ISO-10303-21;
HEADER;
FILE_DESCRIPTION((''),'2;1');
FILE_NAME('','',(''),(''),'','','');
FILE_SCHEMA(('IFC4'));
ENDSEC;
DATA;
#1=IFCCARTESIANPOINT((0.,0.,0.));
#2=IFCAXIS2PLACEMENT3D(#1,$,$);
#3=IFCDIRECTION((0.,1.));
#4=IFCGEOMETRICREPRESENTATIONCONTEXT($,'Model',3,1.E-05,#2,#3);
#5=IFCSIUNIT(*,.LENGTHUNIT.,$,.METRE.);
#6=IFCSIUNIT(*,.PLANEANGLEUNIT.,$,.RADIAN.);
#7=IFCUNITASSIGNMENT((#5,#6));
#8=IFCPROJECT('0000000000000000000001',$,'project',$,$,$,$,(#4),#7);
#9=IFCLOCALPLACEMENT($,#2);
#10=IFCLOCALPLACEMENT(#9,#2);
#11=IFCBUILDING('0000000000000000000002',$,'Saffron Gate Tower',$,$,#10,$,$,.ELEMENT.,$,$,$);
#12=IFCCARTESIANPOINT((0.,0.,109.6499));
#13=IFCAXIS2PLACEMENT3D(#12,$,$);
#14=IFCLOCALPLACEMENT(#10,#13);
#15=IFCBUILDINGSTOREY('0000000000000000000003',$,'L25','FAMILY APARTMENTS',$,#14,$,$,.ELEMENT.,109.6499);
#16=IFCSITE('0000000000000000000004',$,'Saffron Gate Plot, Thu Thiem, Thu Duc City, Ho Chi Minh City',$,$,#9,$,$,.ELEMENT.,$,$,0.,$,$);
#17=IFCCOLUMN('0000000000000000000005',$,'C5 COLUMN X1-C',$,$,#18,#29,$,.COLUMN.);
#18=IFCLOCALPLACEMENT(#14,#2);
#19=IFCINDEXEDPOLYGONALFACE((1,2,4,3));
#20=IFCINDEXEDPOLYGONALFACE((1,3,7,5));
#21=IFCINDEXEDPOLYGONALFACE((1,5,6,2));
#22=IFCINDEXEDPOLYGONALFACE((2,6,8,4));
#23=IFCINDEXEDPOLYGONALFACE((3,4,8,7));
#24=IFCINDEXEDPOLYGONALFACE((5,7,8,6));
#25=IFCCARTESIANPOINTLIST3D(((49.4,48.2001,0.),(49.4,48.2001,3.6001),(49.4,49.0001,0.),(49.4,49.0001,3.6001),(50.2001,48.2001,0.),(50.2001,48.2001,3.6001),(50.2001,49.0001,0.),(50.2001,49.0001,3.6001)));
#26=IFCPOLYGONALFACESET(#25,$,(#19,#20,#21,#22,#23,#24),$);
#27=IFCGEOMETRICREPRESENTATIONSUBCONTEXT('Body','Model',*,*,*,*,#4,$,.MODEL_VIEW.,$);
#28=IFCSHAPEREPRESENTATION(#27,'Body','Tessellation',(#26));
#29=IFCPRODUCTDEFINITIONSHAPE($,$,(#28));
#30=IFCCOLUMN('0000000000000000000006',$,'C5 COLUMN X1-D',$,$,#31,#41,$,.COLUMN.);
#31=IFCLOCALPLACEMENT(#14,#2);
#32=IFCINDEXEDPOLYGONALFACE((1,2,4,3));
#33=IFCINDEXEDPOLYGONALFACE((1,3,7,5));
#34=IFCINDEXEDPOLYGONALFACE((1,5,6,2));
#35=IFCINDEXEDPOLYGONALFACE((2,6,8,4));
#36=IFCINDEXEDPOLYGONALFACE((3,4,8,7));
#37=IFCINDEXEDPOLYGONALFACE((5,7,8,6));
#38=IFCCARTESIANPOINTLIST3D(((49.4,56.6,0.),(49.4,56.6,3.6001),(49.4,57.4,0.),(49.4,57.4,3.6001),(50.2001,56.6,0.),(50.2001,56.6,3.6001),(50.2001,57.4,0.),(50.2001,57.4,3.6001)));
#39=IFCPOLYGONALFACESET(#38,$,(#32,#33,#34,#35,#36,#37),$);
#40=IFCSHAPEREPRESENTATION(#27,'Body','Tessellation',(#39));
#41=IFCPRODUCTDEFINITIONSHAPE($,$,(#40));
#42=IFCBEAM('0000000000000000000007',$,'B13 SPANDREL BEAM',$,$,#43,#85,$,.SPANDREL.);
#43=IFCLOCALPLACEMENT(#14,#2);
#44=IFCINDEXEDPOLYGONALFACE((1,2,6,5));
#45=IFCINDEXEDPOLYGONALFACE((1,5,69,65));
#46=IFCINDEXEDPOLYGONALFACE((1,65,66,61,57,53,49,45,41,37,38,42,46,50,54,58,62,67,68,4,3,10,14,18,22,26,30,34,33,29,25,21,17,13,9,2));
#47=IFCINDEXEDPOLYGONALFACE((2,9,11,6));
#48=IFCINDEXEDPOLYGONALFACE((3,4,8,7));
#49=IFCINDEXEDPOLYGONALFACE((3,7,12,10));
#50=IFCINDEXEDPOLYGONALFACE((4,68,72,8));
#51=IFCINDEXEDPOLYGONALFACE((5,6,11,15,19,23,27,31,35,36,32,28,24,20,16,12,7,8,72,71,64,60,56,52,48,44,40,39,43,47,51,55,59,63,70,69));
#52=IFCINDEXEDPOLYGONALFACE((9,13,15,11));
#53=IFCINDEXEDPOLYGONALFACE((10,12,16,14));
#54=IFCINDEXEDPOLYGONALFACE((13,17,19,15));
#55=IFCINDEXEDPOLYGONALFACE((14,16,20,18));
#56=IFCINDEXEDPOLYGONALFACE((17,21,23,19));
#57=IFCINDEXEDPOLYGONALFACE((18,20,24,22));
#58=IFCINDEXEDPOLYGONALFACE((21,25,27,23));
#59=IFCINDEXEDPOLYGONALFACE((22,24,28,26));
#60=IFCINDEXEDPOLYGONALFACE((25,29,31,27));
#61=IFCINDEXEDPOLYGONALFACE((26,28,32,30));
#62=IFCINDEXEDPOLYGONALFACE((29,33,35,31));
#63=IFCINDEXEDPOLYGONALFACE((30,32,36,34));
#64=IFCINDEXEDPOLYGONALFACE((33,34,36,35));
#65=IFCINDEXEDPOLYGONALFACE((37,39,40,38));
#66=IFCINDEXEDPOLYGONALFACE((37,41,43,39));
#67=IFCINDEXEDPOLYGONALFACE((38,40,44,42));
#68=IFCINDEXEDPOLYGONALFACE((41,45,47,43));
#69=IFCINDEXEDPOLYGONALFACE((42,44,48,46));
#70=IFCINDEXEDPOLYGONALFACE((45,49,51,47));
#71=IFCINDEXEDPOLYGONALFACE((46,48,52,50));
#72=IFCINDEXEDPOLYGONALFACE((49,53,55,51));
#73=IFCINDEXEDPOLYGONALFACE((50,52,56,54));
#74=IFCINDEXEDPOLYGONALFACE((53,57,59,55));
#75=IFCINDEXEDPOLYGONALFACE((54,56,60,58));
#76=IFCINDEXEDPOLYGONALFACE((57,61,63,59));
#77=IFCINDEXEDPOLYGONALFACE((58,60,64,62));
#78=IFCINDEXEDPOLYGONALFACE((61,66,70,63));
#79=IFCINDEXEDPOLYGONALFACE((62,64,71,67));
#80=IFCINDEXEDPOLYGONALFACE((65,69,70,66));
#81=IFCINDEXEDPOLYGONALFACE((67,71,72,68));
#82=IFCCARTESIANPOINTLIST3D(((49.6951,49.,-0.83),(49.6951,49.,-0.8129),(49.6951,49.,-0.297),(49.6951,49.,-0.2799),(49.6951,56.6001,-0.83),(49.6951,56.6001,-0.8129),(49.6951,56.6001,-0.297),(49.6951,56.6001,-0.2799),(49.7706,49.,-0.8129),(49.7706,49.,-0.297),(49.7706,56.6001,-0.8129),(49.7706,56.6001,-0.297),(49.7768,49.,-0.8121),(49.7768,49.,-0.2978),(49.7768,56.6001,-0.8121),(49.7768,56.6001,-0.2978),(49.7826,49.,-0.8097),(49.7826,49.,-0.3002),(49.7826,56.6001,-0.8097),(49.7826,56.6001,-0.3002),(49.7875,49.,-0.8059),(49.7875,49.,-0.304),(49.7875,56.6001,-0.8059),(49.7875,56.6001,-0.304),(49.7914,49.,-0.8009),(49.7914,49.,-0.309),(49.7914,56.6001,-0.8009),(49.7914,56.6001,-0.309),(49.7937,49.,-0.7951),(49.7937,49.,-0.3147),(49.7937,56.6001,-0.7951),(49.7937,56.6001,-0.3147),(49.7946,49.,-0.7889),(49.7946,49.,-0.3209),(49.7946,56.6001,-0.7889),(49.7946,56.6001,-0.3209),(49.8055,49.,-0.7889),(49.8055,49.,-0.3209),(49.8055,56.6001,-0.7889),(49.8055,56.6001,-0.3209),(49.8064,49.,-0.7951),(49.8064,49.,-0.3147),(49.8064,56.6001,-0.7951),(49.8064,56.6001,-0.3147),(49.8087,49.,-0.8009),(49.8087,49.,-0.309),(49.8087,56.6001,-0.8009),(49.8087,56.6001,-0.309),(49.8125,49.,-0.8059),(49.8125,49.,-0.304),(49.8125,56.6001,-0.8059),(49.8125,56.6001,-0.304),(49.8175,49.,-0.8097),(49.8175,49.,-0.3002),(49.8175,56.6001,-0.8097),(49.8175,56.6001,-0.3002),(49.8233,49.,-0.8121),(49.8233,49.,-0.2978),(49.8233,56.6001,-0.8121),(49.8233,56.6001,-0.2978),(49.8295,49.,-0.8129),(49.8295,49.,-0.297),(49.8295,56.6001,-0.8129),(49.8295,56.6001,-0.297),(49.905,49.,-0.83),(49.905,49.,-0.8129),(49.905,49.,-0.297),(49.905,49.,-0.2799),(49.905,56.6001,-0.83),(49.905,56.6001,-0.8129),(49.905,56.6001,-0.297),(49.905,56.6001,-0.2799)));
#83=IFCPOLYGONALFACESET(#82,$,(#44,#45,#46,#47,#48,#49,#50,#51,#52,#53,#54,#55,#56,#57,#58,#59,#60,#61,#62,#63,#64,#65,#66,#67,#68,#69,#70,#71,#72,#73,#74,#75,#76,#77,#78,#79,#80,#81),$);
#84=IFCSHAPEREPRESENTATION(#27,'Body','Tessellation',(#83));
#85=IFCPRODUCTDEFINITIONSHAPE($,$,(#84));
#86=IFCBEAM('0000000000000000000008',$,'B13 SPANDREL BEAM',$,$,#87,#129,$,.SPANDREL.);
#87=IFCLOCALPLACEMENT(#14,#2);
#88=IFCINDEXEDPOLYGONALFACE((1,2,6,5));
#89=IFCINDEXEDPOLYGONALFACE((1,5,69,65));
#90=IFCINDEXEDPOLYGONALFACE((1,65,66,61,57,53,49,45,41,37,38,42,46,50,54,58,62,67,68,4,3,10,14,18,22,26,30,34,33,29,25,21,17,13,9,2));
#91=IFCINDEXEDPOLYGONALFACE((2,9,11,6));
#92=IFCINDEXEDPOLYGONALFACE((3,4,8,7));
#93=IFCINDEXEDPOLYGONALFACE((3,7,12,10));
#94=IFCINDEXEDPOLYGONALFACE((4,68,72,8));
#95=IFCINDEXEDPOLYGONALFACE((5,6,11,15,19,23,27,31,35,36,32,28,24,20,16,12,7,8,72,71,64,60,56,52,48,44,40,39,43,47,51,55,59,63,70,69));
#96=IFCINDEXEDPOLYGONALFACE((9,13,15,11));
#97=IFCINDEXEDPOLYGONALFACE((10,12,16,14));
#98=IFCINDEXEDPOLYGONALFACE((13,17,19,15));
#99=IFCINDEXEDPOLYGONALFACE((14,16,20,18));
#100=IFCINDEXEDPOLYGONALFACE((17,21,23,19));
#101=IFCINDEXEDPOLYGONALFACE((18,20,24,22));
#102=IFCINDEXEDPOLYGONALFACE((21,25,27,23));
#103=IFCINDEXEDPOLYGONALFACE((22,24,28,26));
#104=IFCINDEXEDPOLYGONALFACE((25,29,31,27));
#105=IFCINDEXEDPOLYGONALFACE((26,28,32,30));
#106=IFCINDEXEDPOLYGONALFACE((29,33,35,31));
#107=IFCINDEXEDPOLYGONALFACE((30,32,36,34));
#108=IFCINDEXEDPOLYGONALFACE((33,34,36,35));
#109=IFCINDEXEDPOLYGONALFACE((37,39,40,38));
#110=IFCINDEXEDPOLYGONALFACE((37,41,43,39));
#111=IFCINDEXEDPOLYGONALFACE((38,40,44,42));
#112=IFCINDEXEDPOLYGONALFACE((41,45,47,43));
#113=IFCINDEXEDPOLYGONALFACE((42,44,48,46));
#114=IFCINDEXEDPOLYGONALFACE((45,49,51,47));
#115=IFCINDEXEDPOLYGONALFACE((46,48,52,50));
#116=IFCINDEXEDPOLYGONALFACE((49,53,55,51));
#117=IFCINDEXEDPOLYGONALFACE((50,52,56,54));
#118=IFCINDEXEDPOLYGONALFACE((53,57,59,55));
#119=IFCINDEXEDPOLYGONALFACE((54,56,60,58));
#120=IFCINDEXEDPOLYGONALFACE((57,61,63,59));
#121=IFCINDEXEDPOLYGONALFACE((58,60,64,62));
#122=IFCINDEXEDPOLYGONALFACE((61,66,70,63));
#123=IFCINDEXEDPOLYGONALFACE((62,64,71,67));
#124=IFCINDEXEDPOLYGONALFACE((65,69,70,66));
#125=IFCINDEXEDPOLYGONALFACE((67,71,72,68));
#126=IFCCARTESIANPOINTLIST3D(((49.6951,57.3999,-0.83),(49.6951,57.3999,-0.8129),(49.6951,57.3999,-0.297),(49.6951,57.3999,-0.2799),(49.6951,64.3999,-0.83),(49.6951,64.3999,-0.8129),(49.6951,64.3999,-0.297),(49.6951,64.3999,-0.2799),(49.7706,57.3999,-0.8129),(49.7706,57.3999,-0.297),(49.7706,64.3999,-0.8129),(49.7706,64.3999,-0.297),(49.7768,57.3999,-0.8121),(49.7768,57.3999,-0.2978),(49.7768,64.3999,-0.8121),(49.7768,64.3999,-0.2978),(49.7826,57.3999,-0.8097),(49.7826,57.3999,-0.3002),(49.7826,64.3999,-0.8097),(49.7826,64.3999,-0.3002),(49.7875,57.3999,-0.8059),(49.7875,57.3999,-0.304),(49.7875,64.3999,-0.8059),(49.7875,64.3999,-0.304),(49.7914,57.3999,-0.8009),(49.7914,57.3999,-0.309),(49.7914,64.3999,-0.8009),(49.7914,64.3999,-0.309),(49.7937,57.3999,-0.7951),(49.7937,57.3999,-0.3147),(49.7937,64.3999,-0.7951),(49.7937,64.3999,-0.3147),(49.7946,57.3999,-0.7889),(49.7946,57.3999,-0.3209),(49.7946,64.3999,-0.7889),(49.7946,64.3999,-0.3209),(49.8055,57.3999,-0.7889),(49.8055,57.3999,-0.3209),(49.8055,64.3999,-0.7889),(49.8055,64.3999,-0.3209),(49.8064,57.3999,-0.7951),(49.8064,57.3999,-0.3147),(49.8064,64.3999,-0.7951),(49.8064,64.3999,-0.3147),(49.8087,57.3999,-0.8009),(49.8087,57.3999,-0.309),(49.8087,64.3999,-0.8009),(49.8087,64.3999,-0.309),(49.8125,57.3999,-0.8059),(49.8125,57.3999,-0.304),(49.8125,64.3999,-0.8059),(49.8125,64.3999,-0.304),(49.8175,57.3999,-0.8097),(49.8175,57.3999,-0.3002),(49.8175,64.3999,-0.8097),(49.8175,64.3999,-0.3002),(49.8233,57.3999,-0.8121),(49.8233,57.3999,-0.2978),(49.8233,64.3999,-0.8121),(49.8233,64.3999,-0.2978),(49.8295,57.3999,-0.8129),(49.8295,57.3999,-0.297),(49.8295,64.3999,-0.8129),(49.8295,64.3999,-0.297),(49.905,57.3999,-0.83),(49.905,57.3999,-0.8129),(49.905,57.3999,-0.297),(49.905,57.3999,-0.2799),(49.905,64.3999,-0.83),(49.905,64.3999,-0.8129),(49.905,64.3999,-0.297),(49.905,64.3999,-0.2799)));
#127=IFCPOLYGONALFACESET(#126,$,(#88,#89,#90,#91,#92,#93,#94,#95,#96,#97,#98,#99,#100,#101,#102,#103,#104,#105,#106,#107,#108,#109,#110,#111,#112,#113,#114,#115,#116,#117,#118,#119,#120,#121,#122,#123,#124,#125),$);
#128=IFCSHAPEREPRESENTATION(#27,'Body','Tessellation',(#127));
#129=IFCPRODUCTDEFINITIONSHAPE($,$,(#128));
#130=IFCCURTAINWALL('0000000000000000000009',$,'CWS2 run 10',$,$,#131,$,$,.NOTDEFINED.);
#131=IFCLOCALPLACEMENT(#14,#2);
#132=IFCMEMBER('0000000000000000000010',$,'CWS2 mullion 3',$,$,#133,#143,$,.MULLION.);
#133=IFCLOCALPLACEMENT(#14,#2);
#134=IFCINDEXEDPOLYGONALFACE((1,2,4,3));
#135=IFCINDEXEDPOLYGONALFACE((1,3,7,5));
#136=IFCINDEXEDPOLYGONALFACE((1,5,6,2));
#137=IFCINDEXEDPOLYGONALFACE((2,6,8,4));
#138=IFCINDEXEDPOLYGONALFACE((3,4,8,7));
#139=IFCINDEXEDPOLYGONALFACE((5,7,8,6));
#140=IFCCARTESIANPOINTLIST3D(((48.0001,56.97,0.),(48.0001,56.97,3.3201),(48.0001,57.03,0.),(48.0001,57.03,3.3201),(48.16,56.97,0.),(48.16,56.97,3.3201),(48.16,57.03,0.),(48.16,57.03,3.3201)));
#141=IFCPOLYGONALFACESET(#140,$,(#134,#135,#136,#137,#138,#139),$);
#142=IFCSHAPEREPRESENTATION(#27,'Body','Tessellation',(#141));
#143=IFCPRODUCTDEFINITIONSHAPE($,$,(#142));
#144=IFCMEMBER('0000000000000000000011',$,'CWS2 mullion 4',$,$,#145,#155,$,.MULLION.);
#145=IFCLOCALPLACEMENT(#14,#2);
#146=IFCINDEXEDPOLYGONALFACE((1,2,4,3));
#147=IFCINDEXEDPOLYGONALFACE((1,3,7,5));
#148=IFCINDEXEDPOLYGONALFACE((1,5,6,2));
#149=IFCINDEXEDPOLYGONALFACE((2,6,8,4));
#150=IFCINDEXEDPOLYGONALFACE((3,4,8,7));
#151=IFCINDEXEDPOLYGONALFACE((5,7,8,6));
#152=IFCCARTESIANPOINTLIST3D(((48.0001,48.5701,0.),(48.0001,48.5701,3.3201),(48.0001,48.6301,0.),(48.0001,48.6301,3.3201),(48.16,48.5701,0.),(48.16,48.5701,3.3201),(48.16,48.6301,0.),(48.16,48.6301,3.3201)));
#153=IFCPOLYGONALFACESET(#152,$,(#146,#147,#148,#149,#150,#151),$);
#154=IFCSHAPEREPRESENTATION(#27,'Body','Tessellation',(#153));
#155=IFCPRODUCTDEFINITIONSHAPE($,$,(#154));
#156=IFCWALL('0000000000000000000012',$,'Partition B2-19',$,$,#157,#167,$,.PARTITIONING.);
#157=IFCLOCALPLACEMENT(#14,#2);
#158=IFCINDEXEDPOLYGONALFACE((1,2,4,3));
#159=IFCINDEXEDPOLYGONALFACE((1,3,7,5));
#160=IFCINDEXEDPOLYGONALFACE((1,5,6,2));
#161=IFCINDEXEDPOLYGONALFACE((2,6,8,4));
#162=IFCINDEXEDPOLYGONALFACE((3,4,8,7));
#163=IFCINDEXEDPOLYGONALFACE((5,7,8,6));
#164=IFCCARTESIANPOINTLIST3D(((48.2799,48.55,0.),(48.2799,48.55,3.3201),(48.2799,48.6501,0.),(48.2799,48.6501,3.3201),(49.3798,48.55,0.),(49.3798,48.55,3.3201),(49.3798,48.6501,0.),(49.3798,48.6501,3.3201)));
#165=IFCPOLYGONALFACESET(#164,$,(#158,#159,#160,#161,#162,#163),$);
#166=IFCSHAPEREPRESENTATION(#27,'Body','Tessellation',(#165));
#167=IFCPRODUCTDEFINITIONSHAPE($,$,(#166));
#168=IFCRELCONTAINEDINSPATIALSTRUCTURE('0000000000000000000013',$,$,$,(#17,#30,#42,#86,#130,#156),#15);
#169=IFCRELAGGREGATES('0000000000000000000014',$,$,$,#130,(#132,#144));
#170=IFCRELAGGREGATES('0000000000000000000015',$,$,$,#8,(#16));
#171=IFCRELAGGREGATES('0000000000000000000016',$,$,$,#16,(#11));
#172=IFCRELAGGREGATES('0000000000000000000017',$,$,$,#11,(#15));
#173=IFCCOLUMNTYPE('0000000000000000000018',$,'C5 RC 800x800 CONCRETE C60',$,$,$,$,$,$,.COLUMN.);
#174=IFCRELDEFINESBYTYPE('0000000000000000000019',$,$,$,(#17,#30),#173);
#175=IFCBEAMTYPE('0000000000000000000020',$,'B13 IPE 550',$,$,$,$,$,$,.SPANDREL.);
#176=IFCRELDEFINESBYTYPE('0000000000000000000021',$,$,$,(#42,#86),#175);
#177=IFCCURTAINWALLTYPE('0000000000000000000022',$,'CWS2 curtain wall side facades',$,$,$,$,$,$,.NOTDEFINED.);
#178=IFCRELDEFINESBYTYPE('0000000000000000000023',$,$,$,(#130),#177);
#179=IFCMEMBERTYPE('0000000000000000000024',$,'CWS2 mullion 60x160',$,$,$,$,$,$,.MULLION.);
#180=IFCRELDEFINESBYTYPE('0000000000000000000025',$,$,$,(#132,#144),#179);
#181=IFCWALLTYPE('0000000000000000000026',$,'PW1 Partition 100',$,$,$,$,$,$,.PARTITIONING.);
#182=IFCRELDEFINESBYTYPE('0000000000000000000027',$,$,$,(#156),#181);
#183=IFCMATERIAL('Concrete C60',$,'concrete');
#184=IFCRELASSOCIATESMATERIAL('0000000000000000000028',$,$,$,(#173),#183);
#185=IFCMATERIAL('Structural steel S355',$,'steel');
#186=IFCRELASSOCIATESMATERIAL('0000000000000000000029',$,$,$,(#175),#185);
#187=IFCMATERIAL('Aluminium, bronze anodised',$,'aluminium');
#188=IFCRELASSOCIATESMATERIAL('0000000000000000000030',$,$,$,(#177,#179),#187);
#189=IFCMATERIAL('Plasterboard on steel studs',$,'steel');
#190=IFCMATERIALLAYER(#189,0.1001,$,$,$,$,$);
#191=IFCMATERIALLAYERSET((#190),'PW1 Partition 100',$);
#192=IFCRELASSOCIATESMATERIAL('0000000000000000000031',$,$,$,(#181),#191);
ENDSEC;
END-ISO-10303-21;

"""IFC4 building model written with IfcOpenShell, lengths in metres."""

from ifc_helpers import new_model, si_unit, direction, frame, frame_2d, origin, origin_2d, place, context, subcontext, project, spatial, rectangle, i_section, extrude, material, layer, layer_set, material_profile, profile_set, type_object, element, aggregate, save


model = new_model("IFC4")

# Units and contexts
model_context = context("Model", 3, precision=1e-05, world=origin(), true_north=direction((0.0, 1.0)))
body_context = subcontext(model_context, "Body", "Model", "MODEL_VIEW")
ifc_project = project(units=[si_unit("LENGTHUNIT", "METRE"), si_unit("PLANEANGLEUNIT", "RADIAN")], contexts=[model_context])

# Site, building, storey
site_placement = place(None, origin())
site = spatial("IfcSite", under=ifc_project, at=site_placement, Name="Saffron Gate Plot, Thu Thiem, Thu Duc City, Ho Chi Minh City", CompositionType="ELEMENT", RefElevation=0.0)
building_placement = place(site_placement, origin())
building = spatial("IfcBuilding", under=site, at=building_placement, Name="Saffron Gate Tower", CompositionType="ELEMENT")
storey_placement = place(building_placement, frame((0.0, 0.0, 109.6499)))
storey = spatial("IfcBuildingStorey", under=building, at=storey_placement, Name="L25", Description="FAMILY APARTMENTS", CompositionType="ELEMENT", Elevation=109.6499)

# Columns
ifc_material_1 = material(Name="Concrete C60", Category="concrete")
ifc_material_profile_1 = material_profile(ifc_material_1, rectangle(XDim=0.8, YDim=0.8, at=origin_2d()))
ifc_profile_set_1 = profile_set([ifc_material_profile_1], Name="Concrete C60")
column_type = type_object("IfcColumnType", Name="C5 RC 800x800 CONCRETE C60", PredefinedType="COLUMN", material=ifc_profile_set_1)
for number, where, z_axis, x_axis, name in (
    (1, (49.8, 48.6001, 0.0), (0.0, 0.0, 1.0), (1.0, 0.0, 0.0), "C5 COLUMN X1-C"),
    (2, (49.8, 57.0, 0.0), (0.0, 0.0, 1.0), (1.0, 0.0, 0.0), "C5 COLUMN X1-D"),
):
    element("IfcColumn", number, at=place(storey_placement, frame(where, z_axis=z_axis, x_axis=x_axis)), inside=storey, type_object=column_type, Name=name, PredefinedType="COLUMN", context=body_context, shape_type="SweptSolid", body=[
        extrude(rectangle(XDim=0.8, YDim=0.8, at=origin_2d()), origin(), (0.0, 0.0, 1.0), 3.6001),
    ])

# Beams
ifc_material_2 = material(Name="Structural steel S355", Category="steel")
ifc_material_profile_2 = material_profile(ifc_material_2, i_section(OverallWidth=0.21, OverallDepth=0.55, WebThickness=0.011, FlangeThickness=0.0171, FilletRadius=0.0239, at=origin_2d()))
ifc_profile_set_2 = profile_set([ifc_material_profile_2], Name="Structural steel S355")
beam_type = type_object("IfcBeamType", Name="B13 IPE 550", PredefinedType="SPANDREL", material=ifc_profile_set_2)
beam_1_placement = place(storey_placement, frame((49.8, 49.0, -0.5549), z_axis=(0.0, 1.0, 0.0), x_axis=(-1.0, 0.0, 0.0)))
element("IfcBeam", 3, at=beam_1_placement, inside=storey, type_object=beam_type, Name="B13 SPANDREL BEAM", PredefinedType="SPANDREL", context=body_context, shape_type="SweptSolid", body=[
    extrude(i_section(OverallWidth=0.21, OverallDepth=0.55, WebThickness=0.011, FlangeThickness=0.0171, FilletRadius=0.0239, at=origin_2d()), origin(), (0.0, 0.0, 1.0), 7.6001),
])
beam_2_placement = place(storey_placement, frame((49.8, 57.3999, -0.5549), z_axis=(0.0, 1.0, 0.0), x_axis=(-1.0, 0.0, 0.0)))
element("IfcBeam", 4, at=beam_2_placement, inside=storey, type_object=beam_type, Name="B13 SPANDREL BEAM", PredefinedType="SPANDREL", context=body_context, shape_type="SweptSolid", body=[
    extrude(i_section(OverallWidth=0.21, OverallDepth=0.55, WebThickness=0.011, FlangeThickness=0.0171, FilletRadius=0.0239, at=origin_2d()), origin(), (0.0, 0.0, 1.0), 7.0),
])

# Curtain wall, members
ifc_material_3 = material(Name="Aluminium, bronze anodised", Category="aluminium")
curtain_wall_type = type_object("IfcCurtainWallType", Name="CWS2 curtain wall side facades", PredefinedType="NOTDEFINED", material=ifc_material_3)
curtain_wall_placement = place(storey_placement, origin())
curtain_wall = element("IfcCurtainWall", 5, at=curtain_wall_placement, inside=storey, type_object=curtain_wall_type, Name="CWS2 run 10", PredefinedType="NOTDEFINED")
ifc_material_profile_3 = material_profile(ifc_material_3, rectangle(XDim=0.1599, YDim=0.0601, at=origin_2d()))
ifc_profile_set_3 = profile_set([ifc_material_profile_3], Name="Aluminium, bronze anodised")
member_type = type_object("IfcMemberType", Name="CWS2 mullion 60x160", PredefinedType="MULLION", material=ifc_profile_set_3)
member_1_placement = place(storey_placement, frame((48.0801, 57.0, 0.0), z_axis=(0.0, 0.0, 1.0), x_axis=(1.0, 0.0, 0.0)))
member_1 = element("IfcMember", 6, at=member_1_placement, type_object=member_type, Name="CWS2 mullion 3", PredefinedType="MULLION", context=body_context, shape_type="SweptSolid", body=[
    extrude(rectangle(XDim=0.1599, YDim=0.0601, at=origin_2d()), origin(), (0.0, 0.0, 1.0), 3.3201),
])
member_2_placement = place(storey_placement, frame((48.0801, 48.6001, 0.0), z_axis=(0.0, 0.0, 1.0), x_axis=(1.0, 0.0, 0.0)))
member_2 = element("IfcMember", 7, at=member_2_placement, type_object=member_type, Name="CWS2 mullion 4", PredefinedType="MULLION", context=body_context, shape_type="SweptSolid", body=[
    extrude(rectangle(XDim=0.1599, YDim=0.0601, at=origin_2d()), origin(), (0.0, 0.0, 1.0), 3.3201),
])
aggregate(curtain_wall, [member_1, member_2])

# Wall
ifc_material_4 = material(Name="Plasterboard on steel studs", Category="steel")
ifc_layer_1 = layer(ifc_material_4, 0.1001)
ifc_layer_set_1 = layer_set([ifc_layer_1], Name="PW1 Partition 100")
wall_type_1 = type_object("IfcWallType", Name="PW1 Partition 100", PredefinedType="PARTITIONING", material=ifc_layer_set_1)
wall_1_placement = place(storey_placement, frame((48.28, 48.6001, 0.0), z_axis=(0.0, 0.0, 1.0), x_axis=(1.0, 0.0, 0.0)))
element("IfcWall", 8, at=wall_1_placement, inside=storey, type_object=wall_type_1, Name="Partition B2-19", PredefinedType="PARTITIONING", context=body_context, shape_type="SweptSolid", body=[
    extrude(rectangle(XDim=1.0999, YDim=0.1001, at=frame_2d((0.5498, 0.0))), origin(), (0.0, 0.0, 1.0), 3.3201),
])

save(model, "model.ifc")
